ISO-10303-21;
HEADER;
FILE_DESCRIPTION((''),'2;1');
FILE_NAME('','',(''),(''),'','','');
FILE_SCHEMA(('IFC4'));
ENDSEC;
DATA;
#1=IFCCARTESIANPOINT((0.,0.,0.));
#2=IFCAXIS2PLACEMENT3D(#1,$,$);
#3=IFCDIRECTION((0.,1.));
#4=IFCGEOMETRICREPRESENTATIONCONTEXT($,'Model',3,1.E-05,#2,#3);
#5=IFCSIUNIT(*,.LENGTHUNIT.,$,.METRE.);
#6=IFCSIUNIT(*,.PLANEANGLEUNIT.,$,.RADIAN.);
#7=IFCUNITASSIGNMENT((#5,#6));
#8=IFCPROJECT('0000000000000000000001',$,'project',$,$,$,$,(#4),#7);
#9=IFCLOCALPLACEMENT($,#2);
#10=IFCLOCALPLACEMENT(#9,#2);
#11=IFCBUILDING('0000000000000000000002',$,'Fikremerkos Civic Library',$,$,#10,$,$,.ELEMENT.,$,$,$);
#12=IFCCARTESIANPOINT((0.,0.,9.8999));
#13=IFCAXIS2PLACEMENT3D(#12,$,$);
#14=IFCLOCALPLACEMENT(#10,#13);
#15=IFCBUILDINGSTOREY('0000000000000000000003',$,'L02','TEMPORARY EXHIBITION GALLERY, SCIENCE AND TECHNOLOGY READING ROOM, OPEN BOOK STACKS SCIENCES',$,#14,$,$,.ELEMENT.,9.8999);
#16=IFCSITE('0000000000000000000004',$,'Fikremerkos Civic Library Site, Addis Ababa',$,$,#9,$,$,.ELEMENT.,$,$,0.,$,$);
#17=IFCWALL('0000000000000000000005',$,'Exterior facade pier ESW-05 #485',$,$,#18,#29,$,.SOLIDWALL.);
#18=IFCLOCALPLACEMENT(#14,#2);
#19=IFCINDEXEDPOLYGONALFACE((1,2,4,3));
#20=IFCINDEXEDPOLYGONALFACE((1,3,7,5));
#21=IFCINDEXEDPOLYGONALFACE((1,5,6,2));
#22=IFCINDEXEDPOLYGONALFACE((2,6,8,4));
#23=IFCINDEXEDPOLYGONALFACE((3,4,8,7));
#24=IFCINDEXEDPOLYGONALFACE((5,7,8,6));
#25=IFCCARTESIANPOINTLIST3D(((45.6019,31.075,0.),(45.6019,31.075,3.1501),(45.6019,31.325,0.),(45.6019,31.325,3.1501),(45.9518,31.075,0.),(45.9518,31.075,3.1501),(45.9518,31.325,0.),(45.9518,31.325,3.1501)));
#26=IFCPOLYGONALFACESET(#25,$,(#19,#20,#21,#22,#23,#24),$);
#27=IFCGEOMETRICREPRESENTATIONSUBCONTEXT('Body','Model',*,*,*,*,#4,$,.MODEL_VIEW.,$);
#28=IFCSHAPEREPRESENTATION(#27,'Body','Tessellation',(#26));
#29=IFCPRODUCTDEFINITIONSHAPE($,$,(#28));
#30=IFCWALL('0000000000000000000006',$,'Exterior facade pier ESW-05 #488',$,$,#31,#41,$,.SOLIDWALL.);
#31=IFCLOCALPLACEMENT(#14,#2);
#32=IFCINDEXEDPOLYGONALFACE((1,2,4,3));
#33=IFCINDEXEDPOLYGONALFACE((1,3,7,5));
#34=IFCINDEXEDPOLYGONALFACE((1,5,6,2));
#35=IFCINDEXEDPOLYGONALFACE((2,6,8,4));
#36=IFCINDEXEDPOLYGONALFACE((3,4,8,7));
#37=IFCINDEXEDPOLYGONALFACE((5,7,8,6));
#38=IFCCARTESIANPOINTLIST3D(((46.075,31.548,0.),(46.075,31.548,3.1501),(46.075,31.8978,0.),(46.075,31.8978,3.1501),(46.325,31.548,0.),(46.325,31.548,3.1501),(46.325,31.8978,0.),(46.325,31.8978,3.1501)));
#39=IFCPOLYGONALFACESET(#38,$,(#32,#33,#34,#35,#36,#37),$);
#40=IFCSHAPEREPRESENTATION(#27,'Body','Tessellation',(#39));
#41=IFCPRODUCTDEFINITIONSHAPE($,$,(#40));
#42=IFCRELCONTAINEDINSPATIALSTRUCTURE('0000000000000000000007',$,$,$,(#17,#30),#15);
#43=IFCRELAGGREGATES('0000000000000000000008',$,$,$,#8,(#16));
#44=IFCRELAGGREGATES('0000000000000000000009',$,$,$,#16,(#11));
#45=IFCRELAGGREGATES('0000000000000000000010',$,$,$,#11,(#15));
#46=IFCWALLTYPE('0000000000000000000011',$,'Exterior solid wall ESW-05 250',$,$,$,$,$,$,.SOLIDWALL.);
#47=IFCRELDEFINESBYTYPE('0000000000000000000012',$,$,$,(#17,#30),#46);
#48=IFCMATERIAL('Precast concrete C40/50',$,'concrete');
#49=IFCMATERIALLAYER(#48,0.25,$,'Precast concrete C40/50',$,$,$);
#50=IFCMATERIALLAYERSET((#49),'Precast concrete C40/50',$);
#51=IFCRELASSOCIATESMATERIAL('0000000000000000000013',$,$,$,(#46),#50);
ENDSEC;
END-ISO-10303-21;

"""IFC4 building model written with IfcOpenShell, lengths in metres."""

from ifc_helpers import new_model, si_unit, direction, frame, frame_2d, origin, place, context, subcontext, project, spatial, rectangle, extrude, material, layer, layer_set, type_object, element, save


model = new_model("IFC4")

# Units and contexts
model_context = context("Model", 3, precision=1e-05, world=origin(), true_north=direction((0.0, 1.0)))
body_context = subcontext(model_context, "Body", "Model", "MODEL_VIEW")
ifc_project = project(units=[si_unit("LENGTHUNIT", "METRE"), si_unit("PLANEANGLEUNIT", "RADIAN")], contexts=[model_context])

# Site, building, storey
site_placement = place(None, origin())
site = spatial("IfcSite", under=ifc_project, at=site_placement, Name="Fikremerkos Civic Library Site, Addis Ababa", CompositionType="ELEMENT", RefElevation=0.0)
building_placement = place(site_placement, origin())
building = spatial("IfcBuilding", under=site, at=building_placement, Name="Fikremerkos Civic Library", CompositionType="ELEMENT")
storey_placement = place(building_placement, frame((0.0, 0.0, 9.8999)))
storey = spatial("IfcBuildingStorey", under=building, at=storey_placement, Name="L02", Description="TEMPORARY EXHIBITION GALLERY, SCIENCE AND TECHNOLOGY READING ROOM, OPEN BOOK STACKS SCIENCES", CompositionType="ELEMENT", Elevation=9.8999)

# Walls
ifc_material_1 = material(Name="Precast concrete C40/50", Category="concrete")
ifc_layer_1 = layer(ifc_material_1, 0.25, Name="Precast concrete C40/50")
ifc_layer_set_1 = layer_set([ifc_layer_1], Name="Precast concrete C40/50")
wall_type = type_object("IfcWallType", Name="Exterior solid wall ESW-05 250", PredefinedType="SOLIDWALL", material=ifc_layer_set_1)
for number, where, z_axis, x_axis, name in (
    (1, (45.6021, 31.2, 0.0), (0.0, 0.0, 1.0), (1.0, 0.0, 0.0), "Exterior facade pier ESW-05 #485"),
    (2, (46.2, 31.5481, 0.0), (0.0, 0.0, 1.0), (0.0, 1.0, 0.0), "Exterior facade pier ESW-05 #488"),
):
    element("IfcWall", number, at=place(storey_placement, frame(where, z_axis=z_axis, x_axis=x_axis)), inside=storey, type_object=wall_type, Name=name, PredefinedType="SOLIDWALL", context=body_context, shape_type="SweptSolid", body=[
        extrude(rectangle(XDim=0.3499, YDim=0.25, at=frame_2d((0.1748, 0.0))), origin(), (0.0, 0.0, 1.0), 3.1501),
    ])

save(model, "model.ifc")
